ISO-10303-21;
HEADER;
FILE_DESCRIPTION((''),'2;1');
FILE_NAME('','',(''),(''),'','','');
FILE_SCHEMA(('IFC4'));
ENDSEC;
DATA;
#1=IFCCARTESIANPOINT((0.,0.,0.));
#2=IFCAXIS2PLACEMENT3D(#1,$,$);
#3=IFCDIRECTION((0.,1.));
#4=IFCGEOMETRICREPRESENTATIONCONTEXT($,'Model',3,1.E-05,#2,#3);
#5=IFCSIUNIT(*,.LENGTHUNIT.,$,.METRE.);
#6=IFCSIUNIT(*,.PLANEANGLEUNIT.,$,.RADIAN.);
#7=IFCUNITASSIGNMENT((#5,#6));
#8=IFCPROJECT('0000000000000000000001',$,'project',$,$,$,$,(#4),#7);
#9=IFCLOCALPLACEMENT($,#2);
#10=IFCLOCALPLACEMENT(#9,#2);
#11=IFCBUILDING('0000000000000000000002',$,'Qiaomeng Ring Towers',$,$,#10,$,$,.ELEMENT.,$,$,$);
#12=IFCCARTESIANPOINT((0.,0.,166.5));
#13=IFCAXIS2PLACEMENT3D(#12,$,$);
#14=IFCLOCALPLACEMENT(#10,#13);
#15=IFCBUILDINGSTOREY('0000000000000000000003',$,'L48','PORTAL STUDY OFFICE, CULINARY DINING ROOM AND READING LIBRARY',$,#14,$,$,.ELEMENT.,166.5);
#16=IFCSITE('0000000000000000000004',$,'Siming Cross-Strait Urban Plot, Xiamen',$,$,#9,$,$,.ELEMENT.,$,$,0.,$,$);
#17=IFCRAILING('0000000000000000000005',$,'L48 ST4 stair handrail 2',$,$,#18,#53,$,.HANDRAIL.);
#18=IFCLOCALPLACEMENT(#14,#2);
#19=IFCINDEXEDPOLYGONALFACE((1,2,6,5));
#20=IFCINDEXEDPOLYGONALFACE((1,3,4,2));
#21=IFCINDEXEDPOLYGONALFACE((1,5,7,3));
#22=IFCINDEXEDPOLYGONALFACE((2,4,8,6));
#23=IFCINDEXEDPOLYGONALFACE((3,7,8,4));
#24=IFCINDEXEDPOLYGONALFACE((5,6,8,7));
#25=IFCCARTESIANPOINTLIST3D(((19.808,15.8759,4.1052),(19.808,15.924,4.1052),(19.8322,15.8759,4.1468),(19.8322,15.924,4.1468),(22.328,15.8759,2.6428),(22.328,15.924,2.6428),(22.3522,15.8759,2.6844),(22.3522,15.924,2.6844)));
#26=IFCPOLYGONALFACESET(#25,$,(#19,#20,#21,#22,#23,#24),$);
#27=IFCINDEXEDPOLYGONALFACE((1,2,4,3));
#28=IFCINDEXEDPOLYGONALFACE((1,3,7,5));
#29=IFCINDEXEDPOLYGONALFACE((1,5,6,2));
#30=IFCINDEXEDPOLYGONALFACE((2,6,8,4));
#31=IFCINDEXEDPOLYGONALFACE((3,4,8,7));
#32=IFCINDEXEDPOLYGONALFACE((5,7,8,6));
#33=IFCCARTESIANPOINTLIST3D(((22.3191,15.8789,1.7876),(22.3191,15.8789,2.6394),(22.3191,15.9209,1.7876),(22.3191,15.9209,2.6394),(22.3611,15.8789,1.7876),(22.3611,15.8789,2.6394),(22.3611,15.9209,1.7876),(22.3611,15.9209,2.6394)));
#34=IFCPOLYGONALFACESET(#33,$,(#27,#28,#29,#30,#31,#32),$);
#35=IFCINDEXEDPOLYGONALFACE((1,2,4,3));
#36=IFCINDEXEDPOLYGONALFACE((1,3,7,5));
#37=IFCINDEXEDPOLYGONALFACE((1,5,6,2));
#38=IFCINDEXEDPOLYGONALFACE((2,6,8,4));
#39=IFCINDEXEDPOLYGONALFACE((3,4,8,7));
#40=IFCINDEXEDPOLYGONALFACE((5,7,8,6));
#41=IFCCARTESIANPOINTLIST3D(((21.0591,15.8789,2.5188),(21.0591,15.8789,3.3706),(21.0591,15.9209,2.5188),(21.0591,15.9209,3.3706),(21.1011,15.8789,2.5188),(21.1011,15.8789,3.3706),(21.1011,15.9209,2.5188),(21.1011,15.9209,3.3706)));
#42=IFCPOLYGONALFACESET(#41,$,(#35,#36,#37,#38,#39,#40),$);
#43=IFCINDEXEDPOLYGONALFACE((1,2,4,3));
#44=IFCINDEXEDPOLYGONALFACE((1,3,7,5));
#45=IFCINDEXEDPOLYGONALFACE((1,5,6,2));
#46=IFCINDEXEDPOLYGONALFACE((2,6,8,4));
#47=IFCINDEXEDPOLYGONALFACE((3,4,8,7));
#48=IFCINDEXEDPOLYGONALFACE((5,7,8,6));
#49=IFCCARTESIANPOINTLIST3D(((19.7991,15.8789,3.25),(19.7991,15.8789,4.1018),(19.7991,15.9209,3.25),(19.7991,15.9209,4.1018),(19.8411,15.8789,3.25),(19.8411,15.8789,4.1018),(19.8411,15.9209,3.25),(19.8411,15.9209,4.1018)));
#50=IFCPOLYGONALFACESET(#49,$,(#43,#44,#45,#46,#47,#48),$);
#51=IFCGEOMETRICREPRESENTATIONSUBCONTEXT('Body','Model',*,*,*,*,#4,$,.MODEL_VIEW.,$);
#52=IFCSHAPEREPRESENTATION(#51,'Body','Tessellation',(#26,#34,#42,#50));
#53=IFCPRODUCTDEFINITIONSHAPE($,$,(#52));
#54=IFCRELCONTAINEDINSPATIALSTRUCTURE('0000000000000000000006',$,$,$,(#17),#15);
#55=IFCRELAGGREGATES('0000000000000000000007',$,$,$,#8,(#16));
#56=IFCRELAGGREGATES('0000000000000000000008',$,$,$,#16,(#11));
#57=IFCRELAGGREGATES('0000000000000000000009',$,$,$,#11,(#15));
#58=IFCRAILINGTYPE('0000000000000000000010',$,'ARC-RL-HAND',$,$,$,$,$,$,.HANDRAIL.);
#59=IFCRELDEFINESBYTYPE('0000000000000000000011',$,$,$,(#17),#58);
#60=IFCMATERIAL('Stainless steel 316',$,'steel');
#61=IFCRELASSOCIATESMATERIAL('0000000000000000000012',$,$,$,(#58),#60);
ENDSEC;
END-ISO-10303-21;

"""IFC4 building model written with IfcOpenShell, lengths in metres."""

from ifc_helpers import new_model, si_unit, direction, frame, origin, origin_2d, place, context, subcontext, project, spatial, rectangle, extrude, material, type_object, element, save


model = new_model("IFC4")

# Units and contexts
model_context = context("Model", 3, precision=1e-05, world=origin(), true_north=direction((0.0, 1.0)))
body_context = subcontext(model_context, "Body", "Model", "MODEL_VIEW")
ifc_project = project(units=[si_unit("LENGTHUNIT", "METRE"), si_unit("PLANEANGLEUNIT", "RADIAN")], contexts=[model_context])

# Site, building, storey
site_placement = place(None, origin())
site = spatial("IfcSite", under=ifc_project, at=site_placement, Name="Siming Cross-Strait Urban Plot, Xiamen", CompositionType="ELEMENT", RefElevation=0.0)
building_placement = place(site_placement, origin())
building = spatial("IfcBuilding", under=site, at=building_placement, Name="Qiaomeng Ring Towers", CompositionType="ELEMENT")
storey_placement = place(building_placement, frame((0.0, 0.0, 166.5)))
storey = spatial("IfcBuildingStorey", under=building, at=storey_placement, Name="L48", Description="PORTAL STUDY OFFICE, CULINARY DINING ROOM AND READING LIBRARY", CompositionType="ELEMENT", Elevation=166.5)

# Railing
ifc_material_1 = material(Name="Stainless steel 316", Category="steel")
railing_type_1 = type_object("IfcRailingType", Name="ARC-RL-HAND", PredefinedType="HANDRAIL", material=ifc_material_1)
railing_1_placement = place(storey_placement, frame((22.3401, 15.8999, 1.7876)))
element("IfcRailing", 1, at=railing_1_placement, inside=storey, type_object=railing_type_1, Name="L48 ST4 stair handrail 2", PredefinedType="HANDRAIL", context=body_context, shape_type="SweptSolid", body=[
    extrude(rectangle(XDim=0.0481, YDim=0.0481, at=origin_2d()), frame((0.0, 0.0, 0.876), z_axis=(-0.864913, 0.0, 0.501921), x_axis=(0.0, -1.0, 0.0)), (0.0, 0.0, 1.0), 2.9136),
    extrude(rectangle(XDim=0.042, YDim=0.042, at=origin_2d()), origin(), (0.0, 0.0, 1.0), 0.8518),
    extrude(rectangle(XDim=0.042, YDim=0.042, at=origin_2d()), frame((-1.26, 0.0, 0.7312)), (0.0, 0.0, 1.0), 0.8518),
    extrude(rectangle(XDim=0.042, YDim=0.042, at=origin_2d()), frame((-2.52, 0.0, 1.4624)), (0.0, 0.0, 1.0), 0.8518),
])

save(model, "model.ifc")
